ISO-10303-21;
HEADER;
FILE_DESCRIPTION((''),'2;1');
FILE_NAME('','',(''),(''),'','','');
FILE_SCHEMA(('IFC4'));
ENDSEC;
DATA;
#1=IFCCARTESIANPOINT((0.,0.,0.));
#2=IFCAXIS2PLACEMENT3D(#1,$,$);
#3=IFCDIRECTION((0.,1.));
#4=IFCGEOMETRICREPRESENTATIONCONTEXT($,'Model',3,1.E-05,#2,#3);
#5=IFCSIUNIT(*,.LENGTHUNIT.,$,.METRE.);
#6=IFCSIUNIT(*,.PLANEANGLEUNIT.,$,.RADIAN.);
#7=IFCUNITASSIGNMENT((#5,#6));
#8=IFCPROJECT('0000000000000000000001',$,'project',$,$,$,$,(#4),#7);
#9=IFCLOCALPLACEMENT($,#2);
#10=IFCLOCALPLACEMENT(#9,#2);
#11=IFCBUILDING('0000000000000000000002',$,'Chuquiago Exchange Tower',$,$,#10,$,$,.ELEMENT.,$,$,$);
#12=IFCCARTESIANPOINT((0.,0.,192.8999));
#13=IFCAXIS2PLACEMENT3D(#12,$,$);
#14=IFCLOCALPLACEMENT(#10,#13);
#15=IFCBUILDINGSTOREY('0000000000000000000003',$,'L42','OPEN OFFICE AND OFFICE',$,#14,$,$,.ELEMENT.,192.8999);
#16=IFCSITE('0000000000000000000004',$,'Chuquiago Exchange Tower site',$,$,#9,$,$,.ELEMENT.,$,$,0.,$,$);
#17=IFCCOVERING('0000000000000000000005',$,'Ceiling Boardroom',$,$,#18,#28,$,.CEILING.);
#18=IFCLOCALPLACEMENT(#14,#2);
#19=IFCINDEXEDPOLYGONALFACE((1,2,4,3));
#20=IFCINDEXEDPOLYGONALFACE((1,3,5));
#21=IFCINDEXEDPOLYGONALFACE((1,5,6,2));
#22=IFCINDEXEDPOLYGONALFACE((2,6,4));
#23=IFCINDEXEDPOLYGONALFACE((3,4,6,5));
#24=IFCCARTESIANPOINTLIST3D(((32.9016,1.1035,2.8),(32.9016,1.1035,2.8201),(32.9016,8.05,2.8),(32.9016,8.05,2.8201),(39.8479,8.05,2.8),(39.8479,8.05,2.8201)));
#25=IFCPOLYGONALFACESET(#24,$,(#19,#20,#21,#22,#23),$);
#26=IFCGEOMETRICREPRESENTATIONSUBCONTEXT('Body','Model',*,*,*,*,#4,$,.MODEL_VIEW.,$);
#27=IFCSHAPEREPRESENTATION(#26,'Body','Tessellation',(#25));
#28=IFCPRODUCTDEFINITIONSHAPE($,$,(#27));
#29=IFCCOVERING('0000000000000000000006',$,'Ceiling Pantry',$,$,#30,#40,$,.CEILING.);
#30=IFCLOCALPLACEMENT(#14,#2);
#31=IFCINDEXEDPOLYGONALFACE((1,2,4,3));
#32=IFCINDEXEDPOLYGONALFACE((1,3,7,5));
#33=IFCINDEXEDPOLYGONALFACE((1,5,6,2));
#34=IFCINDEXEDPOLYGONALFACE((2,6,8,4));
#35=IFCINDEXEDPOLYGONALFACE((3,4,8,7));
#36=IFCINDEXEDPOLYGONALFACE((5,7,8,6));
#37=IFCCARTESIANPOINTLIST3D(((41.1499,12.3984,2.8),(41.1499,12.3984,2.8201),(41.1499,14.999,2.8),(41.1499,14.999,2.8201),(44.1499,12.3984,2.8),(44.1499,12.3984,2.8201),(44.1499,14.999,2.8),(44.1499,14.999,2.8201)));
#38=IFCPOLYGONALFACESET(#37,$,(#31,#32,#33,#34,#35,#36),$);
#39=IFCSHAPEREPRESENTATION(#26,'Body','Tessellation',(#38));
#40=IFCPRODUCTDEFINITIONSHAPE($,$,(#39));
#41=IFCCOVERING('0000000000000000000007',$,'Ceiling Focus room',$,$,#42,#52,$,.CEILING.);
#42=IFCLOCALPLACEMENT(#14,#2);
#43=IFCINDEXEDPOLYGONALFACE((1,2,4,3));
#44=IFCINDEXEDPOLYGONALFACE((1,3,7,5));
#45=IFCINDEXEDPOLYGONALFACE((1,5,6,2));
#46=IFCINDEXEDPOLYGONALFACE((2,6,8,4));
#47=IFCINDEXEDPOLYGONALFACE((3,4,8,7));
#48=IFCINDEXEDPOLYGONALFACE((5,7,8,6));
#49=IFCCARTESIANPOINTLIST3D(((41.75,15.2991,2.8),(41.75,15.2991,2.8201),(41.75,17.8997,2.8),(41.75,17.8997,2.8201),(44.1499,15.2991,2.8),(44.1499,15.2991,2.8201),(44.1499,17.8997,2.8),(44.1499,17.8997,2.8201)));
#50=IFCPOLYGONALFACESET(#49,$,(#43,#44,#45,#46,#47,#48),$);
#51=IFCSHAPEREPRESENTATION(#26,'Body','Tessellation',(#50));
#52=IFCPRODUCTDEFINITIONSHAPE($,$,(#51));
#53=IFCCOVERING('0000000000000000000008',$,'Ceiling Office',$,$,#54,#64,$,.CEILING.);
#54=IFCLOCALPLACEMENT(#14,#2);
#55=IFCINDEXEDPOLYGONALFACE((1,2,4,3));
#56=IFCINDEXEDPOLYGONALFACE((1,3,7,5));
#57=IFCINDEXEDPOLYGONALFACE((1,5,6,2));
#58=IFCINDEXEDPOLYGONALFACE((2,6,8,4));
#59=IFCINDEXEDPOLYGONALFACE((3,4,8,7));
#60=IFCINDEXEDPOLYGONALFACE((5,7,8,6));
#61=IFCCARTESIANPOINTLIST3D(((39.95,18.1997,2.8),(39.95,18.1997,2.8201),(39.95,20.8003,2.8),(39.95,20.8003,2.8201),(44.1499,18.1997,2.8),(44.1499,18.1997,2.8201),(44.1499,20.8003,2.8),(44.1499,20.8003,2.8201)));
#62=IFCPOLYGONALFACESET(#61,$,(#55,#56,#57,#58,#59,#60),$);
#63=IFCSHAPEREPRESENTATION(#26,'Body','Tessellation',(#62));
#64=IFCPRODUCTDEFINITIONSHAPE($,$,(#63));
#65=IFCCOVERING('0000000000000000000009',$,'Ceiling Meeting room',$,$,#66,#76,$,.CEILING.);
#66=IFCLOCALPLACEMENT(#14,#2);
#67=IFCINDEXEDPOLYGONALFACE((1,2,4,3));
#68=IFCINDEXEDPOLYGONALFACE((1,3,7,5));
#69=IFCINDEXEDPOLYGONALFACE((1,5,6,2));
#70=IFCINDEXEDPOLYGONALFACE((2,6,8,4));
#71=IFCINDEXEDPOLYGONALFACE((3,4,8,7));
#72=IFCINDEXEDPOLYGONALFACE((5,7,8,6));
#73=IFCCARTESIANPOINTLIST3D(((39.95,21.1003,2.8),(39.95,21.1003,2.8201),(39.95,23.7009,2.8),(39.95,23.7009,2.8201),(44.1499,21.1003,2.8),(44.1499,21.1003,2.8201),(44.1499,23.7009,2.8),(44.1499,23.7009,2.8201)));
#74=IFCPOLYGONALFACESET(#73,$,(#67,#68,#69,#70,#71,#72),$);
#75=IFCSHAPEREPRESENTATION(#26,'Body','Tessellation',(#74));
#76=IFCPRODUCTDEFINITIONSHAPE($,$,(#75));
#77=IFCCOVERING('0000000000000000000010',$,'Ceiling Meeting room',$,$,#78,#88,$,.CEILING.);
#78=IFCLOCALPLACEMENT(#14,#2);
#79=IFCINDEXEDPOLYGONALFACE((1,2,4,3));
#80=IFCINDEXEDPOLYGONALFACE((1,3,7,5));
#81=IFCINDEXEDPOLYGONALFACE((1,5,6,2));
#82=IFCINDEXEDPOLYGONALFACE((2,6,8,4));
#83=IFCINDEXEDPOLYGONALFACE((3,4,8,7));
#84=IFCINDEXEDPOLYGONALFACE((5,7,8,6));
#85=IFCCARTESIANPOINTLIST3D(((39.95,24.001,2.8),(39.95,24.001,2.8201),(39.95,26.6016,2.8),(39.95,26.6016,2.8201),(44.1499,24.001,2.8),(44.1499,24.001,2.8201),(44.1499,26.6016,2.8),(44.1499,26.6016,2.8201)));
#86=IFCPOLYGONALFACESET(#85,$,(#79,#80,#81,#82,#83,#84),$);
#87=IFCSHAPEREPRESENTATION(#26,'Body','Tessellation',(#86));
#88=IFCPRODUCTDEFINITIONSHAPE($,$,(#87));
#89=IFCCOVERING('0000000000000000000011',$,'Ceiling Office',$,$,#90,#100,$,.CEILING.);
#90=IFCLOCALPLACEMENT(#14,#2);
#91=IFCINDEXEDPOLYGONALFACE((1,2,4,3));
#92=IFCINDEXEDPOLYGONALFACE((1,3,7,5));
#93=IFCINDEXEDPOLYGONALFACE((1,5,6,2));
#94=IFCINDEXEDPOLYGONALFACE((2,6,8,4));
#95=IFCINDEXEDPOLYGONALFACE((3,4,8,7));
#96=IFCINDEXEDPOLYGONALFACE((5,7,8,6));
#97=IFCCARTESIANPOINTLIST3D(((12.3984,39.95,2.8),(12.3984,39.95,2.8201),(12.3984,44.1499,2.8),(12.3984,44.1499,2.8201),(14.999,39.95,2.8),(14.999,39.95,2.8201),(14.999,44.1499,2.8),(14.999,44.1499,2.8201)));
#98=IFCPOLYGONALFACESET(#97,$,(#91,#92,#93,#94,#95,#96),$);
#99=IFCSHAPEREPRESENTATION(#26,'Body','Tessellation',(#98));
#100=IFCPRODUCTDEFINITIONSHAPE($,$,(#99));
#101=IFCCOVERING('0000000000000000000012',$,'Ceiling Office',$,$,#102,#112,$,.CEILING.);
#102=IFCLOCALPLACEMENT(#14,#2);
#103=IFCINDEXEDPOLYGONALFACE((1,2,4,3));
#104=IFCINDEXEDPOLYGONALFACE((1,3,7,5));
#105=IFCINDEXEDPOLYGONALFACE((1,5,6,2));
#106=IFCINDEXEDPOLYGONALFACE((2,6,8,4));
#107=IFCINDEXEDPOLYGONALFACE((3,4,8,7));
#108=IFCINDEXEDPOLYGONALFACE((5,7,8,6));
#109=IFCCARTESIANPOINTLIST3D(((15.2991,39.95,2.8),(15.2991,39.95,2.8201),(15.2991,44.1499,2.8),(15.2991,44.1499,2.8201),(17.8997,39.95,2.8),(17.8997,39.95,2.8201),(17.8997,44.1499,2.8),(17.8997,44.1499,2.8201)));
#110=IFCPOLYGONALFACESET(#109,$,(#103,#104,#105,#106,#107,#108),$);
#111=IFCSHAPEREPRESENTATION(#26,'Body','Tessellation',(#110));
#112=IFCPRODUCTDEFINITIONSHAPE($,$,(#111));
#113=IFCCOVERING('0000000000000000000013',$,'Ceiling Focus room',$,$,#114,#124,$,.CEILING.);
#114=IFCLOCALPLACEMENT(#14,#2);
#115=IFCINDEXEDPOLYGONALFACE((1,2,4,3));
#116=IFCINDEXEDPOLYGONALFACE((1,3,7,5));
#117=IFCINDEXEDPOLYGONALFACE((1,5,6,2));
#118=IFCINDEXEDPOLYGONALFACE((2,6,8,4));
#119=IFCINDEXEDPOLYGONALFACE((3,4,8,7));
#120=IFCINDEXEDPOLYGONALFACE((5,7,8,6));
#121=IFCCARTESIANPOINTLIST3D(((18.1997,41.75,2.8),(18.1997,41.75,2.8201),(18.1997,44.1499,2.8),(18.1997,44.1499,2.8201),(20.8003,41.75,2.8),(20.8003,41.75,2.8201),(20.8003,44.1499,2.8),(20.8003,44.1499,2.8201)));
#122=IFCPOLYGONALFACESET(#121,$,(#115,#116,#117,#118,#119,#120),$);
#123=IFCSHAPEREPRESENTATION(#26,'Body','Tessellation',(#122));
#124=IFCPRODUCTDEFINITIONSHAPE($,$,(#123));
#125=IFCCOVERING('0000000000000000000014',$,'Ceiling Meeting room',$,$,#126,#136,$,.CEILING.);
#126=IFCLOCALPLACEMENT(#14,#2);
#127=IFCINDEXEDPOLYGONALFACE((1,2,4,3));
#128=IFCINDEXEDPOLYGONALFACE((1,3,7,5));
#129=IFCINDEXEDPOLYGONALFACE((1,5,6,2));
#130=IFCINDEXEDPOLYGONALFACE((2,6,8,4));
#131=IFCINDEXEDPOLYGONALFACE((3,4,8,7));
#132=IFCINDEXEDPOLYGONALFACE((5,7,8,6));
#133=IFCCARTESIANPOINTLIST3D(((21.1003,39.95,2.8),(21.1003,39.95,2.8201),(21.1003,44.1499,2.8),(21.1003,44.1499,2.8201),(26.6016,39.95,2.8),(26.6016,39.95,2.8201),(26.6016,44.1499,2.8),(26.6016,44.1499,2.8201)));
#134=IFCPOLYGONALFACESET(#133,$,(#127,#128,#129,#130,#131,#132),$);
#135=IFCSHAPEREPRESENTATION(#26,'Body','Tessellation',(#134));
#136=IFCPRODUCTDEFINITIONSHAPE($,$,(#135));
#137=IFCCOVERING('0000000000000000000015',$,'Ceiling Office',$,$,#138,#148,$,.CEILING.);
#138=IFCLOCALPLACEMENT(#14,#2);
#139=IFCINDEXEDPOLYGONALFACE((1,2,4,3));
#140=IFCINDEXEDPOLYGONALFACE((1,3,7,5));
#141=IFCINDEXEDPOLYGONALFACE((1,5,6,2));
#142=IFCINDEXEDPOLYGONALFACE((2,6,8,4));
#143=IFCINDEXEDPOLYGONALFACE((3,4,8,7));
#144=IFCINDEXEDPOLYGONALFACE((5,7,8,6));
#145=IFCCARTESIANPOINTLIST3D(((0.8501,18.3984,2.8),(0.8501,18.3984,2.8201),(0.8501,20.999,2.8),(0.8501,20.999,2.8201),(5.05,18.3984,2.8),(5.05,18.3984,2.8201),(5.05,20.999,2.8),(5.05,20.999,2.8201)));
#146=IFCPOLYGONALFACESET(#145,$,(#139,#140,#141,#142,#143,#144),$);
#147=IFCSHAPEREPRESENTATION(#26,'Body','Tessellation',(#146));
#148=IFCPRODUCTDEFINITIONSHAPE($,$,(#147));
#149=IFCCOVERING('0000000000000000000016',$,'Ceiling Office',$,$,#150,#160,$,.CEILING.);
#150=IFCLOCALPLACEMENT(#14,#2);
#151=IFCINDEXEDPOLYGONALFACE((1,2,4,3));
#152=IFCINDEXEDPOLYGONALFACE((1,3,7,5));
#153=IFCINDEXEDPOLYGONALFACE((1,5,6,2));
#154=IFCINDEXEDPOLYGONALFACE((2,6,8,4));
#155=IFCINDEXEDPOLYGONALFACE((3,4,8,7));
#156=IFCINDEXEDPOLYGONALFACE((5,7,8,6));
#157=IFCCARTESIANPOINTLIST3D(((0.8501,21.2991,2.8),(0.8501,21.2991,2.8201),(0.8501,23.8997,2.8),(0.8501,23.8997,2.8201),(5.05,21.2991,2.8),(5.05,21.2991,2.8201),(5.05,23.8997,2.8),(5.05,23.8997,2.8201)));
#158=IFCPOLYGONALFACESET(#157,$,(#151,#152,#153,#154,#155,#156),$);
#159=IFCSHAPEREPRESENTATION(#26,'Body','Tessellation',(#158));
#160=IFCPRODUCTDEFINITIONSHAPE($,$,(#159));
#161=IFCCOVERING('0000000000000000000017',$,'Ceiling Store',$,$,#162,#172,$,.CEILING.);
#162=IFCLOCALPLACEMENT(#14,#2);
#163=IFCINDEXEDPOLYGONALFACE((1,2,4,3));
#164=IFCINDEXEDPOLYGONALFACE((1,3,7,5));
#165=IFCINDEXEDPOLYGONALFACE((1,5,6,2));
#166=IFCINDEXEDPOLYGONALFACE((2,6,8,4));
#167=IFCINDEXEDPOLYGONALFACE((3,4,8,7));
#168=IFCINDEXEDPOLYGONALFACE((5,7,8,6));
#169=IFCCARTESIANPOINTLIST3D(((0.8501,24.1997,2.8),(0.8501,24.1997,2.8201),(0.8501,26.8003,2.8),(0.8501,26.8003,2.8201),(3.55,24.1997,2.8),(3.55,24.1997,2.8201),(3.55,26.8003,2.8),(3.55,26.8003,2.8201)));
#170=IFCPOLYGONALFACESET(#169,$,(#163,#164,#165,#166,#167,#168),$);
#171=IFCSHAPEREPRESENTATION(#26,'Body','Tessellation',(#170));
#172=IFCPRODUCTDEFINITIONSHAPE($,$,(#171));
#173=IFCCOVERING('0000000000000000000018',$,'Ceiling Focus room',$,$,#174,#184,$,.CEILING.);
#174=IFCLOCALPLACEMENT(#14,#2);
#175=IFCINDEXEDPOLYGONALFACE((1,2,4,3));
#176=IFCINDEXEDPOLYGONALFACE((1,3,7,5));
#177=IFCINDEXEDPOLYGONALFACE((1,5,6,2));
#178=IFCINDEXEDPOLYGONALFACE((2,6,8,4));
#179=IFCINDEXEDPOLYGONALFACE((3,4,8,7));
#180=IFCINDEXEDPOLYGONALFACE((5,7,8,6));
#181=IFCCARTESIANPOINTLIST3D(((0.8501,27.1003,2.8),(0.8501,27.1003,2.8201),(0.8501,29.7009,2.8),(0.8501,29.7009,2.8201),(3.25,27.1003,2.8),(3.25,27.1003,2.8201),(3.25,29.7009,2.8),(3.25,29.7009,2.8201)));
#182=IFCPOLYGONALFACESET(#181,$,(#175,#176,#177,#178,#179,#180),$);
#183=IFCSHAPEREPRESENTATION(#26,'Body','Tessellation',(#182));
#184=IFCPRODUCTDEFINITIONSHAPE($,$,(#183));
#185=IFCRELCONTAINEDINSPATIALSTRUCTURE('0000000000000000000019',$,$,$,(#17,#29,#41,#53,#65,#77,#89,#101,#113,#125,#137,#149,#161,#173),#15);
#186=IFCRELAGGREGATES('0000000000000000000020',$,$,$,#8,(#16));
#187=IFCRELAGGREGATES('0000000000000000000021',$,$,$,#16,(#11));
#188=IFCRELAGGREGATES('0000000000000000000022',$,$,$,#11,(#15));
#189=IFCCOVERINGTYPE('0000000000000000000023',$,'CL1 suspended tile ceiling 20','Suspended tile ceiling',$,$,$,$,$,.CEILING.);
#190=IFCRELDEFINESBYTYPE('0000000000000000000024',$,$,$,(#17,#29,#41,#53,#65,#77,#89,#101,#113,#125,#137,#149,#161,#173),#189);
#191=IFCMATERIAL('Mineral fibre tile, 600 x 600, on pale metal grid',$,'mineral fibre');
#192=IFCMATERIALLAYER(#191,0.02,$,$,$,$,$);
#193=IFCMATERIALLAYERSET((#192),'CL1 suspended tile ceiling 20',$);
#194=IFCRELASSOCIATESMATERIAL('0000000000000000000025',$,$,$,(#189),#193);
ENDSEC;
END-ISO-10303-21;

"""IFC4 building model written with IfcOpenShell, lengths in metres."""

from ifc_helpers import new_model, si_unit, direction, frame, origin, place, context, subcontext, project, spatial, polyline, outline, extrude, material, layer, layer_set, type_object, element, save


model = new_model("IFC4")

# Units and contexts
model_context = context("Model", 3, precision=1e-05, world=origin(), true_north=direction((0.0, 1.0)))
body_context = subcontext(model_context, "Body", "Model", "MODEL_VIEW")
ifc_project = project(units=[si_unit("LENGTHUNIT", "METRE"), si_unit("PLANEANGLEUNIT", "RADIAN")], contexts=[model_context])

# Site, building, storey
site_placement = place(None, origin())
site = spatial("IfcSite", under=ifc_project, at=site_placement, Name="Chuquiago Exchange Tower site", CompositionType="ELEMENT", RefElevation=0.0)
building_placement = place(site_placement, origin())
building = spatial("IfcBuilding", under=site, at=building_placement, Name="Chuquiago Exchange Tower", CompositionType="ELEMENT")
storey_placement = place(building_placement, frame((0.0, 0.0, 192.8999)))
storey = spatial("IfcBuildingStorey", under=building, at=storey_placement, Name="L42", Description="OPEN OFFICE AND OFFICE", CompositionType="ELEMENT", Elevation=192.8999)

# Coverings
ifc_material_1 = material(Name="Mineral fibre tile, 600 x 600, on pale metal grid", Category="mineral fibre")
ifc_layer_1 = layer(ifc_material_1, 0.02)
ifc_layer_set_1 = layer_set([ifc_layer_1], Name="CL1 suspended tile ceiling 20")
covering_type_1 = type_object("IfcCoveringType", Name="CL1 suspended tile ceiling 20", Description="Suspended tile ceiling", PredefinedType="CEILING", material=ifc_layer_set_1)
covering_1_placement = place(storey_placement, frame((0.0, 0.0, 2.8)))
element("IfcCovering", 1, at=covering_1_placement, inside=storey, type_object=covering_type_1, Name="Ceiling Boardroom", PredefinedType="CEILING", context=body_context, shape_type="SweptSolid", body=[
    extrude(outline(polyline([(32.9016, 8.05), (39.8479, 8.05), (32.9016, 1.1035), (32.9016, 8.05)])), origin(), (0.0, 0.0, 1.0), 0.02),
])
covering_2_placement = place(storey_placement, frame((0.0, 0.0, 2.8)))
element("IfcCovering", 2, at=covering_2_placement, inside=storey, type_object=covering_type_1, Name="Ceiling Pantry", PredefinedType="CEILING", context=body_context, shape_type="SweptSolid", body=[
    extrude(outline(polyline([(41.1499, 12.3984), (41.1499, 14.999), (44.1499, 14.999), (44.1499, 12.3984), (41.1499, 12.3984)])), origin(), (0.0, 0.0, 1.0), 0.02),
])
covering_3_placement = place(storey_placement, frame((0.0, 0.0, 2.8)))
element("IfcCovering", 3, at=covering_3_placement, inside=storey, type_object=covering_type_1, Name="Ceiling Focus room", PredefinedType="CEILING", context=body_context, shape_type="SweptSolid", body=[
    extrude(outline(polyline([(41.75, 15.2991), (41.75, 17.8997), (44.1499, 17.8997), (44.1499, 15.2991), (41.75, 15.2991)])), origin(), (0.0, 0.0, 1.0), 0.02),
])
covering_4_placement = place(storey_placement, frame((0.0, 0.0, 2.8)))
element("IfcCovering", 4, at=covering_4_placement, inside=storey, type_object=covering_type_1, Name="Ceiling Office", PredefinedType="CEILING", context=body_context, shape_type="SweptSolid", body=[
    extrude(outline(polyline([(39.95, 18.1997), (39.95, 20.8003), (44.1499, 20.8003), (44.1499, 18.1997), (39.95, 18.1997)])), origin(), (0.0, 0.0, 1.0), 0.02),
])
covering_5_placement = place(storey_placement, frame((0.0, 0.0, 2.8)))
element("IfcCovering", 5, at=covering_5_placement, inside=storey, type_object=covering_type_1, Name="Ceiling Meeting room", PredefinedType="CEILING", context=body_context, shape_type="SweptSolid", body=[
    extrude(outline(polyline([(39.95, 21.1003), (39.95, 23.7009), (44.1499, 23.7009), (44.1499, 21.1003), (39.95, 21.1003)])), origin(), (0.0, 0.0, 1.0), 0.02),
])
covering_6_placement = place(storey_placement, frame((0.0, 0.0, 2.8)))
element("IfcCovering", 6, at=covering_6_placement, inside=storey, type_object=covering_type_1, Name="Ceiling Meeting room", PredefinedType="CEILING", context=body_context, shape_type="SweptSolid", body=[
    extrude(outline(polyline([(44.1499, 24.001), (39.95, 24.001), (39.95, 26.6016), (44.1499, 26.6016), (44.1499, 24.001)])), origin(), (0.0, 0.0, 1.0), 0.02),
])
covering_7_placement = place(storey_placement, frame((0.0, 0.0, 2.8)))
element("IfcCovering", 7, at=covering_7_placement, inside=storey, type_object=covering_type_1, Name="Ceiling Office", PredefinedType="CEILING", context=body_context, shape_type="SweptSolid", body=[
    extrude(outline(polyline([(14.999, 44.1499), (14.999, 39.95), (12.3984, 39.95), (12.3984, 44.1499), (14.999, 44.1499)])), origin(), (0.0, 0.0, 1.0), 0.02),
])
covering_8_placement = place(storey_placement, frame((0.0, 0.0, 2.8)))
element("IfcCovering", 8, at=covering_8_placement, inside=storey, type_object=covering_type_1, Name="Ceiling Office", PredefinedType="CEILING", context=body_context, shape_type="SweptSolid", body=[
    extrude(outline(polyline([(17.8997, 39.95), (15.2991, 39.95), (15.2991, 44.1499), (17.8997, 44.1499), (17.8997, 39.95)])), origin(), (0.0, 0.0, 1.0), 0.02),
])
covering_9_placement = place(storey_placement, frame((0.0, 0.0, 2.8)))
element("IfcCovering", 9, at=covering_9_placement, inside=storey, type_object=covering_type_1, Name="Ceiling Focus room", PredefinedType="CEILING", context=body_context, shape_type="SweptSolid", body=[
    extrude(outline(polyline([(20.8003, 41.75), (18.1997, 41.75), (18.1997, 44.1499), (20.8003, 44.1499), (20.8003, 41.75)])), origin(), (0.0, 0.0, 1.0), 0.02),
])
covering_10_placement = place(storey_placement, frame((0.0, 0.0, 2.8)))
element("IfcCovering", 10, at=covering_10_placement, inside=storey, type_object=covering_type_1, Name="Ceiling Meeting room", PredefinedType="CEILING", context=body_context, shape_type="SweptSolid", body=[
    extrude(outline(polyline([(26.6016, 39.95), (21.1003, 39.95), (21.1003, 44.1499), (26.6016, 44.1499), (26.6016, 39.95)])), origin(), (0.0, 0.0, 1.0), 0.02),
])
covering_11_placement = place(storey_placement, frame((0.0, 0.0, 2.8)))
element("IfcCovering", 11, at=covering_11_placement, inside=storey, type_object=covering_type_1, Name="Ceiling Office", PredefinedType="CEILING", context=body_context, shape_type="SweptSolid", body=[
    extrude(outline(polyline([(0.8501, 20.999), (5.05, 20.999), (5.05, 18.3984), (0.8501, 18.3984), (0.8501, 20.999)])), origin(), (0.0, 0.0, 1.0), 0.02),
])
covering_12_placement = place(storey_placement, frame((0.0, 0.0, 2.8)))
element("IfcCovering", 12, at=covering_12_placement, inside=storey, type_object=covering_type_1, Name="Ceiling Office", PredefinedType="CEILING", context=body_context, shape_type="SweptSolid", body=[
    extrude(outline(polyline([(5.05, 23.8997), (5.05, 21.2991), (0.8501, 21.2991), (0.8501, 23.8997), (5.05, 23.8997)])), origin(), (0.0, 0.0, 1.0), 0.02),
])
covering_13_placement = place(storey_placement, frame((0.0, 0.0, 2.8)))
element("IfcCovering", 13, at=covering_13_placement, inside=storey, type_object=covering_type_1, Name="Ceiling Store", PredefinedType="CEILING", context=body_context, shape_type="SweptSolid", body=[
    extrude(outline(polyline([(3.55, 26.8003), (3.55, 24.1997), (0.8501, 24.1997), (0.8501, 26.8003), (3.55, 26.8003)])), origin(), (0.0, 0.0, 1.0), 0.02),
])
covering_14_placement = place(storey_placement, frame((0.0, 0.0, 2.8)))
element("IfcCovering", 14, at=covering_14_placement, inside=storey, type_object=covering_type_1, Name="Ceiling Focus room", PredefinedType="CEILING", context=body_context, shape_type="SweptSolid", body=[
    extrude(outline(polyline([(3.25, 29.7009), (3.25, 27.1003), (0.8501, 27.1003), (0.8501, 29.7009), (3.25, 29.7009)])), origin(), (0.0, 0.0, 1.0), 0.02),
])

save(model, "model.ifc")
